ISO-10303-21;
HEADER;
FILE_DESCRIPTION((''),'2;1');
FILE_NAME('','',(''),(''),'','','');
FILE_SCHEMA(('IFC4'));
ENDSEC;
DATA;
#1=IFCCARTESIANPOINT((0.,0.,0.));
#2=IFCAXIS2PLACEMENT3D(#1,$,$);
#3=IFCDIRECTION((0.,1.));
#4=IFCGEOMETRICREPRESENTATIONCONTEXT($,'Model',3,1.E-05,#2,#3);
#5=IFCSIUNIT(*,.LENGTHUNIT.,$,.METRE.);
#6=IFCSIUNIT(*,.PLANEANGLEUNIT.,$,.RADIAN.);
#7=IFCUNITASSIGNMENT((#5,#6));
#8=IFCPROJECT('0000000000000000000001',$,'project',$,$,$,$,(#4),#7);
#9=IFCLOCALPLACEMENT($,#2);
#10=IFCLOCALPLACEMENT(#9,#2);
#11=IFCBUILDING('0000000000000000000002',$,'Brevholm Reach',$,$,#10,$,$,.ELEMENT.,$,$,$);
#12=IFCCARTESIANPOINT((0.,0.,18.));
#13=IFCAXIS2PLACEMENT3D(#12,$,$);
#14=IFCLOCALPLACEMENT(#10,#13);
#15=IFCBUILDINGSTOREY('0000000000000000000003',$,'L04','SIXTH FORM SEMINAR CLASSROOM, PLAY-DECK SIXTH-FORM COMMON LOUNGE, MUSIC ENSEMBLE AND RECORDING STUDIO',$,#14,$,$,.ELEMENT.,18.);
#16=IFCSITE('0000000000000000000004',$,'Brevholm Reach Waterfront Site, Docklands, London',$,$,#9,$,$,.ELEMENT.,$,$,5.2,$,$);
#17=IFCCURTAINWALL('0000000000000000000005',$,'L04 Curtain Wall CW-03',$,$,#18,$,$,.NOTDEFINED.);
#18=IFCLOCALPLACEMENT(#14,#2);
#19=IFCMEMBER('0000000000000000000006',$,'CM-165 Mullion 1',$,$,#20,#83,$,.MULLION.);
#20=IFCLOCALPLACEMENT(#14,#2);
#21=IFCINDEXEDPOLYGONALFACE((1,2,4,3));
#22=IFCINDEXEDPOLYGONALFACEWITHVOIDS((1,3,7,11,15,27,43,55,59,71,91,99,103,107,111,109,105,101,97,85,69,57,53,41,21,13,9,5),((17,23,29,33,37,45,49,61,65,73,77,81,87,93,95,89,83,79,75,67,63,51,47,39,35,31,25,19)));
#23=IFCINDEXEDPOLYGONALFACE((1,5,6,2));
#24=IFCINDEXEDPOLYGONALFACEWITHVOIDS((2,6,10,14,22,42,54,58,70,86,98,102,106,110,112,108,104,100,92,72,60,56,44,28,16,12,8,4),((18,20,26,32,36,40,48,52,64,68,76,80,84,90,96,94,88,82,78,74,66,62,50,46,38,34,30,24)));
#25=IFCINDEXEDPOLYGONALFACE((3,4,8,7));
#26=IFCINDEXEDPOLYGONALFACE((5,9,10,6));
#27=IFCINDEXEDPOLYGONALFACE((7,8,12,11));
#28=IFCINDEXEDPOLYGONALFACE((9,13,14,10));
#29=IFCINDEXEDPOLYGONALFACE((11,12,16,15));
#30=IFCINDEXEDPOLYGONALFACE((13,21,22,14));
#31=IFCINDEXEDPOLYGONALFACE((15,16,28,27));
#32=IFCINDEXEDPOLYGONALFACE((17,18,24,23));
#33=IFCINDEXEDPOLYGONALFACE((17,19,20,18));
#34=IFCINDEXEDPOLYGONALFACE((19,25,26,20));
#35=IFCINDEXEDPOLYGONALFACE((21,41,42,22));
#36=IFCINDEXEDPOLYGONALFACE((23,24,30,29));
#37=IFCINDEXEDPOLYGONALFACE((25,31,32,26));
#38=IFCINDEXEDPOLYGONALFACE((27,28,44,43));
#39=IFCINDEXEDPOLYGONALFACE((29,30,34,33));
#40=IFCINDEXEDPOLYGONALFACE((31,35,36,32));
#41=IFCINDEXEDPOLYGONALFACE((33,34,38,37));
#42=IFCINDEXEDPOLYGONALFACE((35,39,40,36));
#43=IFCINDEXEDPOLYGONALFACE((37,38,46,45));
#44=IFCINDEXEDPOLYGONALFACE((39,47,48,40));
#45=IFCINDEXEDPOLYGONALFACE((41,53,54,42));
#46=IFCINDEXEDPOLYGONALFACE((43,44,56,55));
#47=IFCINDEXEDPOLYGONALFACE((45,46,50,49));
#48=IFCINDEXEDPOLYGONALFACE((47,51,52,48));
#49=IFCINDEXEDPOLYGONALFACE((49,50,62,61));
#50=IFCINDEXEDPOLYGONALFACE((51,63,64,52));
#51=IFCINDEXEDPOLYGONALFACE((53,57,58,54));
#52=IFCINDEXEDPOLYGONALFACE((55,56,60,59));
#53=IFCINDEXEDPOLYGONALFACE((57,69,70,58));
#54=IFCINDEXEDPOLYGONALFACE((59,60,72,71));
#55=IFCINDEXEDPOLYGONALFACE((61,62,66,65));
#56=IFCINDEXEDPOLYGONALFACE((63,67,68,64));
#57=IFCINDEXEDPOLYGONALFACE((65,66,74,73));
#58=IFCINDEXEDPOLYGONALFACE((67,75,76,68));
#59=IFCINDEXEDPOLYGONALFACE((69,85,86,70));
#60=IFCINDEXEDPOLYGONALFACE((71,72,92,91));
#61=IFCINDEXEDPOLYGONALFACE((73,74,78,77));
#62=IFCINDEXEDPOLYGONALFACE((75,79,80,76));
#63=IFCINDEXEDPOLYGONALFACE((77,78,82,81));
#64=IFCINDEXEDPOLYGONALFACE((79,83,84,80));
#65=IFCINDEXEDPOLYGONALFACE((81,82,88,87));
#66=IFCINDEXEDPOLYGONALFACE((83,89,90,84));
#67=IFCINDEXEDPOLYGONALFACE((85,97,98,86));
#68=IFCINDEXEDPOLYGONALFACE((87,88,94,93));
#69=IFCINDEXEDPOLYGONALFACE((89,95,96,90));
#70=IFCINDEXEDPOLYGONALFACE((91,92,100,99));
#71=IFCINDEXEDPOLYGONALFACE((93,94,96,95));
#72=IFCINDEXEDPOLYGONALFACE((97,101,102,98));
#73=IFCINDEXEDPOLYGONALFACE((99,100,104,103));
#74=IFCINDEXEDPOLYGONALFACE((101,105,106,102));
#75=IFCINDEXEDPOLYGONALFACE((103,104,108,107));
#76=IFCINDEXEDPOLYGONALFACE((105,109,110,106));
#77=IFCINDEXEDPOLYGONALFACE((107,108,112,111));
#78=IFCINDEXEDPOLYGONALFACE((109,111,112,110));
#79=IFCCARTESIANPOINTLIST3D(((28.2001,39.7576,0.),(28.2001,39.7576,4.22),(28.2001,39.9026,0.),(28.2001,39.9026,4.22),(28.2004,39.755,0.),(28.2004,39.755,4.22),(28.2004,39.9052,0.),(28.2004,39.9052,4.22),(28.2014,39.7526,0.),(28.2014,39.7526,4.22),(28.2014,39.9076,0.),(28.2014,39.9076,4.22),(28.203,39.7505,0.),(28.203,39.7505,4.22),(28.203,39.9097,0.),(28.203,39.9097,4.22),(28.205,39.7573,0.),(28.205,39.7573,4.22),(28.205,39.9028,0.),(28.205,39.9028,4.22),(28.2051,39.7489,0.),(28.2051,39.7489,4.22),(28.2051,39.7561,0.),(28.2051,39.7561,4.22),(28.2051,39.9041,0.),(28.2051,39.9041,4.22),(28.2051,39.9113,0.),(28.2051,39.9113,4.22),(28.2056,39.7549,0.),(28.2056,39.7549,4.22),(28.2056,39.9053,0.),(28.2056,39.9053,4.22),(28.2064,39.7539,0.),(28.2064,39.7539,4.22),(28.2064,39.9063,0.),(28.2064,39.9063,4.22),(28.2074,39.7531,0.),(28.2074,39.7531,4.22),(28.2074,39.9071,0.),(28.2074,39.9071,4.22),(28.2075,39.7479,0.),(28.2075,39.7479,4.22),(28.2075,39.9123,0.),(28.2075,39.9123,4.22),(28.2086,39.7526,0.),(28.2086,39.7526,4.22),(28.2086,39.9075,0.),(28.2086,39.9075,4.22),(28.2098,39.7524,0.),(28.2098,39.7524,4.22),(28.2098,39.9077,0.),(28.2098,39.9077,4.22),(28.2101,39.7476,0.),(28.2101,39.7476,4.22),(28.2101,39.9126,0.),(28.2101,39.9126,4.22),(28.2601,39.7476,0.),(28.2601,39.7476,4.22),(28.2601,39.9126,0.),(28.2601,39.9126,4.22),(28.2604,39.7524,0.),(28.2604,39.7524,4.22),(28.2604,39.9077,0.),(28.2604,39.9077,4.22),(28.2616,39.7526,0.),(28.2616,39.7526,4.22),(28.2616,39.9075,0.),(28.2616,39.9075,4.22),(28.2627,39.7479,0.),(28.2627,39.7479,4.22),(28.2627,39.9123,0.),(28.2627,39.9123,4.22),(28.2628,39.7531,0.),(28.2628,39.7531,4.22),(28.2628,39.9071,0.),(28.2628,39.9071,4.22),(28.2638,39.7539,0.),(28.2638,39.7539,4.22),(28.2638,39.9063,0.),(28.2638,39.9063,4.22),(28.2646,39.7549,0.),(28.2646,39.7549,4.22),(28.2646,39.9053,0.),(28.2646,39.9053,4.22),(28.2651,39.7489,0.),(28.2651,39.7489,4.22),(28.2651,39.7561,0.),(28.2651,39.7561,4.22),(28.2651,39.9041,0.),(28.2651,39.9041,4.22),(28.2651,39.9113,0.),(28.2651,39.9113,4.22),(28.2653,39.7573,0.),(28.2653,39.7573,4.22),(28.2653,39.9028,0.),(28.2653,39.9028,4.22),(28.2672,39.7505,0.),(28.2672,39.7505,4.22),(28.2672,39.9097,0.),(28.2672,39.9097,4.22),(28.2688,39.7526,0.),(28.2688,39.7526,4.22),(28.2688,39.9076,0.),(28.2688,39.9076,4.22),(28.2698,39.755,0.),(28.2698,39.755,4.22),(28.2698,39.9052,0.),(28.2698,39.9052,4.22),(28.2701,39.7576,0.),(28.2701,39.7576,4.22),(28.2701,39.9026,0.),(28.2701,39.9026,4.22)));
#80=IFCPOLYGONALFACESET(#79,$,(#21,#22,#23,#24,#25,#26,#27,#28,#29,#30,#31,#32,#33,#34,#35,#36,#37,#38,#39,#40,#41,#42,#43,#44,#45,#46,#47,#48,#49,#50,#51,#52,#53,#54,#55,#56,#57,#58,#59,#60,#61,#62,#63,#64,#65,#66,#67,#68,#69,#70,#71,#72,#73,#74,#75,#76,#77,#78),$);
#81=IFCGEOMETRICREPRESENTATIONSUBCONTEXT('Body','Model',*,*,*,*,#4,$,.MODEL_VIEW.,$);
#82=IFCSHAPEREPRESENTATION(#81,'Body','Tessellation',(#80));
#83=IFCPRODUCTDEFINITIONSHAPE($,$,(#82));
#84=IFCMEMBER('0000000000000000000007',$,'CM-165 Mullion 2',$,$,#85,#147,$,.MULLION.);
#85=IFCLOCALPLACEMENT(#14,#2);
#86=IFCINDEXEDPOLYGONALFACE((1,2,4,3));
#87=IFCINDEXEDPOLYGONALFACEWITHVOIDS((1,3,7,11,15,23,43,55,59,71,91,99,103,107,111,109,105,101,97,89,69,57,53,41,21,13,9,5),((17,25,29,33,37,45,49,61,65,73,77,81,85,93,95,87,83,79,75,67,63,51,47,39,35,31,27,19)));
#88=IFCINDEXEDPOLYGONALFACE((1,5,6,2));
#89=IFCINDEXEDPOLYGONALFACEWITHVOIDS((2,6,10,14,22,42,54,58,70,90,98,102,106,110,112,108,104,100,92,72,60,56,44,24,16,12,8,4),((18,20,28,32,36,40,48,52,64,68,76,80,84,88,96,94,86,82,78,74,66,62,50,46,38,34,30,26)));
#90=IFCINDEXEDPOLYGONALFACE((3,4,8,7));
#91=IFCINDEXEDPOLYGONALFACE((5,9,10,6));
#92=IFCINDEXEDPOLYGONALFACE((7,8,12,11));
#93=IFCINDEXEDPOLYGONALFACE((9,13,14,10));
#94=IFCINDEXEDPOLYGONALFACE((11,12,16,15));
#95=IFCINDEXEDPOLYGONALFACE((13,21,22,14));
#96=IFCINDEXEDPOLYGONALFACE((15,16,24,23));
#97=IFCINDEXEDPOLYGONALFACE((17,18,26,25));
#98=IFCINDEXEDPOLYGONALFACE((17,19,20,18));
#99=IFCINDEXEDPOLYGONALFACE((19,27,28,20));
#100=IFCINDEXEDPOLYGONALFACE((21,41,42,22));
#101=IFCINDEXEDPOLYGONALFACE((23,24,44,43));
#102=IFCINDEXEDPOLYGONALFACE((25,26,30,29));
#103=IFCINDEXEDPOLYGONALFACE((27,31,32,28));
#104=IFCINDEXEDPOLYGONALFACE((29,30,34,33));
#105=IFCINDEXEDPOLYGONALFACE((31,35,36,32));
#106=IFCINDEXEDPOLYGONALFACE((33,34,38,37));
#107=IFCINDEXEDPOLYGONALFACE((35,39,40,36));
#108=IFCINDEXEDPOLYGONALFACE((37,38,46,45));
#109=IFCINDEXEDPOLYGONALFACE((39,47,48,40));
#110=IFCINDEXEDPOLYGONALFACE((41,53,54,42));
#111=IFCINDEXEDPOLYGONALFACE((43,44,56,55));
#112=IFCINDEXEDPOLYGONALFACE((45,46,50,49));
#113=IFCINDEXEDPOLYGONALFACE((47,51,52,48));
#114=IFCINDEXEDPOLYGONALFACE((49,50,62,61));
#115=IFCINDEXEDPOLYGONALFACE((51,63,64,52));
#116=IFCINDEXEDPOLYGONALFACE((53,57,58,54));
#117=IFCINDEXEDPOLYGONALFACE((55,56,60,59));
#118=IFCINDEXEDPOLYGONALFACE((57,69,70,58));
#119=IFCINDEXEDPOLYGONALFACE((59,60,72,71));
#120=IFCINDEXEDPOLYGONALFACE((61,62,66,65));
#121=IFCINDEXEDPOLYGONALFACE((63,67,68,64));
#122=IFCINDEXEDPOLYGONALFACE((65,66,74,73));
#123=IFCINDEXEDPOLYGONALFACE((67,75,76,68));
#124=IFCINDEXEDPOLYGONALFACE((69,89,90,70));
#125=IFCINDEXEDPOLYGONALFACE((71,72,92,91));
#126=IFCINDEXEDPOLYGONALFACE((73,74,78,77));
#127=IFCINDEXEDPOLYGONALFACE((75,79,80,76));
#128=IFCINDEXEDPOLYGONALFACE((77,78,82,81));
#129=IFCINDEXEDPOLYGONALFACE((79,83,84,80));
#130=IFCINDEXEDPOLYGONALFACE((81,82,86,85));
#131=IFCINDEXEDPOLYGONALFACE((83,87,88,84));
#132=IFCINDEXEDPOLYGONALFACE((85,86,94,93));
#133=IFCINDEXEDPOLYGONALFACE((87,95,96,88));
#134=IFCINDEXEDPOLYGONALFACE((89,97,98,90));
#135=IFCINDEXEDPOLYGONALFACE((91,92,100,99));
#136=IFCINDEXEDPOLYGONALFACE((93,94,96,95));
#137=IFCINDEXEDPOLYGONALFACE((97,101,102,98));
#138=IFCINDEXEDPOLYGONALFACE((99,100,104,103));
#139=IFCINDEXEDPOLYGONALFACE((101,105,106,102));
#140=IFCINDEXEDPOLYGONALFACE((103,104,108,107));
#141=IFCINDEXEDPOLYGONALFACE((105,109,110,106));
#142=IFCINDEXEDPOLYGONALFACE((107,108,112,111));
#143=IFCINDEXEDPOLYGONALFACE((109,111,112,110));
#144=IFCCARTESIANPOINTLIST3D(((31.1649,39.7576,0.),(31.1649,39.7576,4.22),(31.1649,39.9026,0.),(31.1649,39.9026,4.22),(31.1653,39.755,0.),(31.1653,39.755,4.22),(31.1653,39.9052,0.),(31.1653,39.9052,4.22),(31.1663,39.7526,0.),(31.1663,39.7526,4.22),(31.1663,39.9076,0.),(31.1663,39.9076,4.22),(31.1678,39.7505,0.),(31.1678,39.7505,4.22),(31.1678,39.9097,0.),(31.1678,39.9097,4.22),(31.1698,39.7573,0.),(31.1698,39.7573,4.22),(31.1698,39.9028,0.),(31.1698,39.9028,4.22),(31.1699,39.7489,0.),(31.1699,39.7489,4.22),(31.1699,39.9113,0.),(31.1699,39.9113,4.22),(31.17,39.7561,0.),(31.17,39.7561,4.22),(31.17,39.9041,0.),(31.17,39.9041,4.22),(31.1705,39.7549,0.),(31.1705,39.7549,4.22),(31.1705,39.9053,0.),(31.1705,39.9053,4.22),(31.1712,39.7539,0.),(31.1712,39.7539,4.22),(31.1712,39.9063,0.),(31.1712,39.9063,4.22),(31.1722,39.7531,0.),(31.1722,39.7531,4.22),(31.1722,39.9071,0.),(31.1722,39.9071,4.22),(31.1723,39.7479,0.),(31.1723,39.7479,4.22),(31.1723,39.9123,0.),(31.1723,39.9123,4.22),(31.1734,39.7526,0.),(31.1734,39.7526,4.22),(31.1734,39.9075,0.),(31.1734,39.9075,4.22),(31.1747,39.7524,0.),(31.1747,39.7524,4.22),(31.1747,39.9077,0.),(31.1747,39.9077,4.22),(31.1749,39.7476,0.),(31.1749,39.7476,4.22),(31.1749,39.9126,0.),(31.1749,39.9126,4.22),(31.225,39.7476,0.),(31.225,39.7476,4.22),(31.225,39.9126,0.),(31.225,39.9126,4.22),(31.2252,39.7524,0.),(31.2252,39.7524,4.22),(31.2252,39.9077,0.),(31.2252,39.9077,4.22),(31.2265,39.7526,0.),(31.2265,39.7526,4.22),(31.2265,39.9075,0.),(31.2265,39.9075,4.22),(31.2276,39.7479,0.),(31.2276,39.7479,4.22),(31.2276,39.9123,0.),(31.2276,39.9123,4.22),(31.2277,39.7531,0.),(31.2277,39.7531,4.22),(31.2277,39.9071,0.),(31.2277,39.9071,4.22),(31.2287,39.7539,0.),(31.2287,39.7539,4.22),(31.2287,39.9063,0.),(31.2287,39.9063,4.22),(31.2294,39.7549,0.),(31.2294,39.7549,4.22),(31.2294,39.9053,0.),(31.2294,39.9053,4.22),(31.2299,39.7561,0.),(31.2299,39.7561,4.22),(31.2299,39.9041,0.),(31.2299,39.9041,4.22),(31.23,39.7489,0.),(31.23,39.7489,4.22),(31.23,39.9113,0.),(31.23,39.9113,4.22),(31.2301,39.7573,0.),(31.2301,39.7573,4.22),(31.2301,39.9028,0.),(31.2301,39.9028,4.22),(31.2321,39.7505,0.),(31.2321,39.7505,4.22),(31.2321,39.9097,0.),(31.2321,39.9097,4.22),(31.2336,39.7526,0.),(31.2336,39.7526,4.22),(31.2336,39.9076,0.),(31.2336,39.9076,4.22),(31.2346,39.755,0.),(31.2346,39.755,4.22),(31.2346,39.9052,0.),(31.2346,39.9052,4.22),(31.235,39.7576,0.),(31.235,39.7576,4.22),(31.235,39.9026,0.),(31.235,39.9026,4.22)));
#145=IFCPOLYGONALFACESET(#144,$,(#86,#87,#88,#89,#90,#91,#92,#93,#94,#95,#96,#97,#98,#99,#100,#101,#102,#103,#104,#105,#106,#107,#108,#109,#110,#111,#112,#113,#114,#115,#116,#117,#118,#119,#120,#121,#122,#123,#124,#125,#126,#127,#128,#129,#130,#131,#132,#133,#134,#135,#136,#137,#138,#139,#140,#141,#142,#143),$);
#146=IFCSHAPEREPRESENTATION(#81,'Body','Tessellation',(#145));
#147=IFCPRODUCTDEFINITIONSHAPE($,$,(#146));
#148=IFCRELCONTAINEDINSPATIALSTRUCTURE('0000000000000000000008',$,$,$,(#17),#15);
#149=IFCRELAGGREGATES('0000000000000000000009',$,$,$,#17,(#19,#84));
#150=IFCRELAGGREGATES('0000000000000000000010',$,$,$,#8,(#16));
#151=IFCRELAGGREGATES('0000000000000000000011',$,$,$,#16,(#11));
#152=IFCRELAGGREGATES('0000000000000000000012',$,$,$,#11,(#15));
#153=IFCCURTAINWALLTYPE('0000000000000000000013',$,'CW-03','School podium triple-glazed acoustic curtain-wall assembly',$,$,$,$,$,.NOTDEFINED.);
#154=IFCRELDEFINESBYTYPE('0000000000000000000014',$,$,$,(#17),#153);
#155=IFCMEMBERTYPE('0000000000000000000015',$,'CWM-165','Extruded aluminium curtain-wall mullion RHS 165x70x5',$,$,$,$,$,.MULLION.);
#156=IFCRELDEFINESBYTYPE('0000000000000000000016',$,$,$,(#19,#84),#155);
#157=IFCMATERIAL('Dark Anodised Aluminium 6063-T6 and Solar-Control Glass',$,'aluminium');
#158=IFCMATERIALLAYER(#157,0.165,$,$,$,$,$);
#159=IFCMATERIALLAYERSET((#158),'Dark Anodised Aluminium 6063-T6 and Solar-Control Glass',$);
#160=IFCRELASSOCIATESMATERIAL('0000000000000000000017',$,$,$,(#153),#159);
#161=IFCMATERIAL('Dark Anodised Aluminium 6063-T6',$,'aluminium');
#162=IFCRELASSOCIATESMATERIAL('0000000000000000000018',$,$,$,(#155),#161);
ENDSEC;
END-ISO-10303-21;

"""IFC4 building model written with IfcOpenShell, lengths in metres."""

from ifc_helpers import new_model, si_unit, direction, frame, origin, origin_2d, place, context, subcontext, project, spatial, hollow_rectangle, extrude, material, layer, layer_set, material_profile, profile_set, type_object, element, aggregate, save


model = new_model("IFC4")

# Units and contexts
model_context = context("Model", 3, precision=1e-05, world=origin(), true_north=direction((0.0, 1.0)))
body_context = subcontext(model_context, "Body", "Model", "MODEL_VIEW")
ifc_project = project(units=[si_unit("LENGTHUNIT", "METRE"), si_unit("PLANEANGLEUNIT", "RADIAN")], contexts=[model_context])

# Site, building, storey
site_placement = place(None, origin())
site = spatial("IfcSite", under=ifc_project, at=site_placement, Name="Brevholm Reach Waterfront Site, Docklands, London", CompositionType="ELEMENT", RefElevation=5.2)
building_placement = place(site_placement, origin())
building = spatial("IfcBuilding", under=site, at=building_placement, Name="Brevholm Reach", CompositionType="ELEMENT")
storey_placement = place(building_placement, frame((0.0, 0.0, 18.0)))
storey = spatial("IfcBuildingStorey", under=building, at=storey_placement, Name="L04", Description="SIXTH FORM SEMINAR CLASSROOM, PLAY-DECK SIXTH-FORM COMMON LOUNGE, MUSIC ENSEMBLE AND RECORDING STUDIO", CompositionType="ELEMENT", Elevation=18.0)

# Curtain wall, members
ifc_material_1 = material(Name="Dark Anodised Aluminium 6063-T6 and Solar-Control Glass", Category="aluminium")
ifc_layer_1 = layer(ifc_material_1, 0.165)
ifc_layer_set_1 = layer_set([ifc_layer_1], Name="Dark Anodised Aluminium 6063-T6 and Solar-Control Glass")
curtain_wall_type = type_object("IfcCurtainWallType", Name="CW-03", Description="School podium triple-glazed acoustic curtain-wall assembly", PredefinedType="NOTDEFINED", material=ifc_layer_set_1)
curtain_wall_placement = place(storey_placement, origin())
curtain_wall = element("IfcCurtainWall", 1, at=curtain_wall_placement, inside=storey, type_object=curtain_wall_type, Name="L04 Curtain Wall CW-03", PredefinedType="NOTDEFINED")
ifc_material_2 = material(Name="Dark Anodised Aluminium 6063-T6", Category="aluminium")
ifc_material_profile_1 = material_profile(ifc_material_2, hollow_rectangle(XDim=0.0701, YDim=0.165, WallThickness=0.0049, InnerFilletRadius=0.0049, OuterFilletRadius=0.01, at=origin_2d()), Name="RHS 165x70x5")
ifc_profile_set_1 = profile_set([ifc_material_profile_1], Name="Dark Anodised Aluminium 6063-T6")
member_type_1 = type_object("IfcMemberType", Name="CWM-165", Description="Extruded aluminium curtain-wall mullion RHS 165x70x5", PredefinedType="MULLION", material=ifc_profile_set_1)
member_1_placement = place(storey_placement, frame((28.2351, 39.8301, 0.0), z_axis=(0.0, 0.0, 1.0), x_axis=(1.0, 0.0, 0.0)))
member_1 = element("IfcMember", 2, at=member_1_placement, type_object=member_type_1, Name="CM-165 Mullion 1", PredefinedType="MULLION", context=body_context, shape_type="SweptSolid", body=[
    extrude(hollow_rectangle(XDim=0.0701, YDim=0.165, WallThickness=0.0049, InnerFilletRadius=0.0049, OuterFilletRadius=0.01, at=origin_2d()), origin(), (0.0, 0.0, 1.0), 4.22),
])
member_2_placement = place(storey_placement, frame((31.2, 39.8301, 0.0), z_axis=(0.0, 0.0, 1.0), x_axis=(1.0, 0.0, 0.0)))
member_2 = element("IfcMember", 3, at=member_2_placement, type_object=member_type_1, Name="CM-165 Mullion 2", PredefinedType="MULLION", context=body_context, shape_type="SweptSolid", body=[
    extrude(hollow_rectangle(XDim=0.0701, YDim=0.165, WallThickness=0.0049, InnerFilletRadius=0.0049, OuterFilletRadius=0.01, at=origin_2d()), origin(), (0.0, 0.0, 1.0), 4.22),
])
aggregate(curtain_wall, [member_1, member_2])

save(model, "model.ifc")
